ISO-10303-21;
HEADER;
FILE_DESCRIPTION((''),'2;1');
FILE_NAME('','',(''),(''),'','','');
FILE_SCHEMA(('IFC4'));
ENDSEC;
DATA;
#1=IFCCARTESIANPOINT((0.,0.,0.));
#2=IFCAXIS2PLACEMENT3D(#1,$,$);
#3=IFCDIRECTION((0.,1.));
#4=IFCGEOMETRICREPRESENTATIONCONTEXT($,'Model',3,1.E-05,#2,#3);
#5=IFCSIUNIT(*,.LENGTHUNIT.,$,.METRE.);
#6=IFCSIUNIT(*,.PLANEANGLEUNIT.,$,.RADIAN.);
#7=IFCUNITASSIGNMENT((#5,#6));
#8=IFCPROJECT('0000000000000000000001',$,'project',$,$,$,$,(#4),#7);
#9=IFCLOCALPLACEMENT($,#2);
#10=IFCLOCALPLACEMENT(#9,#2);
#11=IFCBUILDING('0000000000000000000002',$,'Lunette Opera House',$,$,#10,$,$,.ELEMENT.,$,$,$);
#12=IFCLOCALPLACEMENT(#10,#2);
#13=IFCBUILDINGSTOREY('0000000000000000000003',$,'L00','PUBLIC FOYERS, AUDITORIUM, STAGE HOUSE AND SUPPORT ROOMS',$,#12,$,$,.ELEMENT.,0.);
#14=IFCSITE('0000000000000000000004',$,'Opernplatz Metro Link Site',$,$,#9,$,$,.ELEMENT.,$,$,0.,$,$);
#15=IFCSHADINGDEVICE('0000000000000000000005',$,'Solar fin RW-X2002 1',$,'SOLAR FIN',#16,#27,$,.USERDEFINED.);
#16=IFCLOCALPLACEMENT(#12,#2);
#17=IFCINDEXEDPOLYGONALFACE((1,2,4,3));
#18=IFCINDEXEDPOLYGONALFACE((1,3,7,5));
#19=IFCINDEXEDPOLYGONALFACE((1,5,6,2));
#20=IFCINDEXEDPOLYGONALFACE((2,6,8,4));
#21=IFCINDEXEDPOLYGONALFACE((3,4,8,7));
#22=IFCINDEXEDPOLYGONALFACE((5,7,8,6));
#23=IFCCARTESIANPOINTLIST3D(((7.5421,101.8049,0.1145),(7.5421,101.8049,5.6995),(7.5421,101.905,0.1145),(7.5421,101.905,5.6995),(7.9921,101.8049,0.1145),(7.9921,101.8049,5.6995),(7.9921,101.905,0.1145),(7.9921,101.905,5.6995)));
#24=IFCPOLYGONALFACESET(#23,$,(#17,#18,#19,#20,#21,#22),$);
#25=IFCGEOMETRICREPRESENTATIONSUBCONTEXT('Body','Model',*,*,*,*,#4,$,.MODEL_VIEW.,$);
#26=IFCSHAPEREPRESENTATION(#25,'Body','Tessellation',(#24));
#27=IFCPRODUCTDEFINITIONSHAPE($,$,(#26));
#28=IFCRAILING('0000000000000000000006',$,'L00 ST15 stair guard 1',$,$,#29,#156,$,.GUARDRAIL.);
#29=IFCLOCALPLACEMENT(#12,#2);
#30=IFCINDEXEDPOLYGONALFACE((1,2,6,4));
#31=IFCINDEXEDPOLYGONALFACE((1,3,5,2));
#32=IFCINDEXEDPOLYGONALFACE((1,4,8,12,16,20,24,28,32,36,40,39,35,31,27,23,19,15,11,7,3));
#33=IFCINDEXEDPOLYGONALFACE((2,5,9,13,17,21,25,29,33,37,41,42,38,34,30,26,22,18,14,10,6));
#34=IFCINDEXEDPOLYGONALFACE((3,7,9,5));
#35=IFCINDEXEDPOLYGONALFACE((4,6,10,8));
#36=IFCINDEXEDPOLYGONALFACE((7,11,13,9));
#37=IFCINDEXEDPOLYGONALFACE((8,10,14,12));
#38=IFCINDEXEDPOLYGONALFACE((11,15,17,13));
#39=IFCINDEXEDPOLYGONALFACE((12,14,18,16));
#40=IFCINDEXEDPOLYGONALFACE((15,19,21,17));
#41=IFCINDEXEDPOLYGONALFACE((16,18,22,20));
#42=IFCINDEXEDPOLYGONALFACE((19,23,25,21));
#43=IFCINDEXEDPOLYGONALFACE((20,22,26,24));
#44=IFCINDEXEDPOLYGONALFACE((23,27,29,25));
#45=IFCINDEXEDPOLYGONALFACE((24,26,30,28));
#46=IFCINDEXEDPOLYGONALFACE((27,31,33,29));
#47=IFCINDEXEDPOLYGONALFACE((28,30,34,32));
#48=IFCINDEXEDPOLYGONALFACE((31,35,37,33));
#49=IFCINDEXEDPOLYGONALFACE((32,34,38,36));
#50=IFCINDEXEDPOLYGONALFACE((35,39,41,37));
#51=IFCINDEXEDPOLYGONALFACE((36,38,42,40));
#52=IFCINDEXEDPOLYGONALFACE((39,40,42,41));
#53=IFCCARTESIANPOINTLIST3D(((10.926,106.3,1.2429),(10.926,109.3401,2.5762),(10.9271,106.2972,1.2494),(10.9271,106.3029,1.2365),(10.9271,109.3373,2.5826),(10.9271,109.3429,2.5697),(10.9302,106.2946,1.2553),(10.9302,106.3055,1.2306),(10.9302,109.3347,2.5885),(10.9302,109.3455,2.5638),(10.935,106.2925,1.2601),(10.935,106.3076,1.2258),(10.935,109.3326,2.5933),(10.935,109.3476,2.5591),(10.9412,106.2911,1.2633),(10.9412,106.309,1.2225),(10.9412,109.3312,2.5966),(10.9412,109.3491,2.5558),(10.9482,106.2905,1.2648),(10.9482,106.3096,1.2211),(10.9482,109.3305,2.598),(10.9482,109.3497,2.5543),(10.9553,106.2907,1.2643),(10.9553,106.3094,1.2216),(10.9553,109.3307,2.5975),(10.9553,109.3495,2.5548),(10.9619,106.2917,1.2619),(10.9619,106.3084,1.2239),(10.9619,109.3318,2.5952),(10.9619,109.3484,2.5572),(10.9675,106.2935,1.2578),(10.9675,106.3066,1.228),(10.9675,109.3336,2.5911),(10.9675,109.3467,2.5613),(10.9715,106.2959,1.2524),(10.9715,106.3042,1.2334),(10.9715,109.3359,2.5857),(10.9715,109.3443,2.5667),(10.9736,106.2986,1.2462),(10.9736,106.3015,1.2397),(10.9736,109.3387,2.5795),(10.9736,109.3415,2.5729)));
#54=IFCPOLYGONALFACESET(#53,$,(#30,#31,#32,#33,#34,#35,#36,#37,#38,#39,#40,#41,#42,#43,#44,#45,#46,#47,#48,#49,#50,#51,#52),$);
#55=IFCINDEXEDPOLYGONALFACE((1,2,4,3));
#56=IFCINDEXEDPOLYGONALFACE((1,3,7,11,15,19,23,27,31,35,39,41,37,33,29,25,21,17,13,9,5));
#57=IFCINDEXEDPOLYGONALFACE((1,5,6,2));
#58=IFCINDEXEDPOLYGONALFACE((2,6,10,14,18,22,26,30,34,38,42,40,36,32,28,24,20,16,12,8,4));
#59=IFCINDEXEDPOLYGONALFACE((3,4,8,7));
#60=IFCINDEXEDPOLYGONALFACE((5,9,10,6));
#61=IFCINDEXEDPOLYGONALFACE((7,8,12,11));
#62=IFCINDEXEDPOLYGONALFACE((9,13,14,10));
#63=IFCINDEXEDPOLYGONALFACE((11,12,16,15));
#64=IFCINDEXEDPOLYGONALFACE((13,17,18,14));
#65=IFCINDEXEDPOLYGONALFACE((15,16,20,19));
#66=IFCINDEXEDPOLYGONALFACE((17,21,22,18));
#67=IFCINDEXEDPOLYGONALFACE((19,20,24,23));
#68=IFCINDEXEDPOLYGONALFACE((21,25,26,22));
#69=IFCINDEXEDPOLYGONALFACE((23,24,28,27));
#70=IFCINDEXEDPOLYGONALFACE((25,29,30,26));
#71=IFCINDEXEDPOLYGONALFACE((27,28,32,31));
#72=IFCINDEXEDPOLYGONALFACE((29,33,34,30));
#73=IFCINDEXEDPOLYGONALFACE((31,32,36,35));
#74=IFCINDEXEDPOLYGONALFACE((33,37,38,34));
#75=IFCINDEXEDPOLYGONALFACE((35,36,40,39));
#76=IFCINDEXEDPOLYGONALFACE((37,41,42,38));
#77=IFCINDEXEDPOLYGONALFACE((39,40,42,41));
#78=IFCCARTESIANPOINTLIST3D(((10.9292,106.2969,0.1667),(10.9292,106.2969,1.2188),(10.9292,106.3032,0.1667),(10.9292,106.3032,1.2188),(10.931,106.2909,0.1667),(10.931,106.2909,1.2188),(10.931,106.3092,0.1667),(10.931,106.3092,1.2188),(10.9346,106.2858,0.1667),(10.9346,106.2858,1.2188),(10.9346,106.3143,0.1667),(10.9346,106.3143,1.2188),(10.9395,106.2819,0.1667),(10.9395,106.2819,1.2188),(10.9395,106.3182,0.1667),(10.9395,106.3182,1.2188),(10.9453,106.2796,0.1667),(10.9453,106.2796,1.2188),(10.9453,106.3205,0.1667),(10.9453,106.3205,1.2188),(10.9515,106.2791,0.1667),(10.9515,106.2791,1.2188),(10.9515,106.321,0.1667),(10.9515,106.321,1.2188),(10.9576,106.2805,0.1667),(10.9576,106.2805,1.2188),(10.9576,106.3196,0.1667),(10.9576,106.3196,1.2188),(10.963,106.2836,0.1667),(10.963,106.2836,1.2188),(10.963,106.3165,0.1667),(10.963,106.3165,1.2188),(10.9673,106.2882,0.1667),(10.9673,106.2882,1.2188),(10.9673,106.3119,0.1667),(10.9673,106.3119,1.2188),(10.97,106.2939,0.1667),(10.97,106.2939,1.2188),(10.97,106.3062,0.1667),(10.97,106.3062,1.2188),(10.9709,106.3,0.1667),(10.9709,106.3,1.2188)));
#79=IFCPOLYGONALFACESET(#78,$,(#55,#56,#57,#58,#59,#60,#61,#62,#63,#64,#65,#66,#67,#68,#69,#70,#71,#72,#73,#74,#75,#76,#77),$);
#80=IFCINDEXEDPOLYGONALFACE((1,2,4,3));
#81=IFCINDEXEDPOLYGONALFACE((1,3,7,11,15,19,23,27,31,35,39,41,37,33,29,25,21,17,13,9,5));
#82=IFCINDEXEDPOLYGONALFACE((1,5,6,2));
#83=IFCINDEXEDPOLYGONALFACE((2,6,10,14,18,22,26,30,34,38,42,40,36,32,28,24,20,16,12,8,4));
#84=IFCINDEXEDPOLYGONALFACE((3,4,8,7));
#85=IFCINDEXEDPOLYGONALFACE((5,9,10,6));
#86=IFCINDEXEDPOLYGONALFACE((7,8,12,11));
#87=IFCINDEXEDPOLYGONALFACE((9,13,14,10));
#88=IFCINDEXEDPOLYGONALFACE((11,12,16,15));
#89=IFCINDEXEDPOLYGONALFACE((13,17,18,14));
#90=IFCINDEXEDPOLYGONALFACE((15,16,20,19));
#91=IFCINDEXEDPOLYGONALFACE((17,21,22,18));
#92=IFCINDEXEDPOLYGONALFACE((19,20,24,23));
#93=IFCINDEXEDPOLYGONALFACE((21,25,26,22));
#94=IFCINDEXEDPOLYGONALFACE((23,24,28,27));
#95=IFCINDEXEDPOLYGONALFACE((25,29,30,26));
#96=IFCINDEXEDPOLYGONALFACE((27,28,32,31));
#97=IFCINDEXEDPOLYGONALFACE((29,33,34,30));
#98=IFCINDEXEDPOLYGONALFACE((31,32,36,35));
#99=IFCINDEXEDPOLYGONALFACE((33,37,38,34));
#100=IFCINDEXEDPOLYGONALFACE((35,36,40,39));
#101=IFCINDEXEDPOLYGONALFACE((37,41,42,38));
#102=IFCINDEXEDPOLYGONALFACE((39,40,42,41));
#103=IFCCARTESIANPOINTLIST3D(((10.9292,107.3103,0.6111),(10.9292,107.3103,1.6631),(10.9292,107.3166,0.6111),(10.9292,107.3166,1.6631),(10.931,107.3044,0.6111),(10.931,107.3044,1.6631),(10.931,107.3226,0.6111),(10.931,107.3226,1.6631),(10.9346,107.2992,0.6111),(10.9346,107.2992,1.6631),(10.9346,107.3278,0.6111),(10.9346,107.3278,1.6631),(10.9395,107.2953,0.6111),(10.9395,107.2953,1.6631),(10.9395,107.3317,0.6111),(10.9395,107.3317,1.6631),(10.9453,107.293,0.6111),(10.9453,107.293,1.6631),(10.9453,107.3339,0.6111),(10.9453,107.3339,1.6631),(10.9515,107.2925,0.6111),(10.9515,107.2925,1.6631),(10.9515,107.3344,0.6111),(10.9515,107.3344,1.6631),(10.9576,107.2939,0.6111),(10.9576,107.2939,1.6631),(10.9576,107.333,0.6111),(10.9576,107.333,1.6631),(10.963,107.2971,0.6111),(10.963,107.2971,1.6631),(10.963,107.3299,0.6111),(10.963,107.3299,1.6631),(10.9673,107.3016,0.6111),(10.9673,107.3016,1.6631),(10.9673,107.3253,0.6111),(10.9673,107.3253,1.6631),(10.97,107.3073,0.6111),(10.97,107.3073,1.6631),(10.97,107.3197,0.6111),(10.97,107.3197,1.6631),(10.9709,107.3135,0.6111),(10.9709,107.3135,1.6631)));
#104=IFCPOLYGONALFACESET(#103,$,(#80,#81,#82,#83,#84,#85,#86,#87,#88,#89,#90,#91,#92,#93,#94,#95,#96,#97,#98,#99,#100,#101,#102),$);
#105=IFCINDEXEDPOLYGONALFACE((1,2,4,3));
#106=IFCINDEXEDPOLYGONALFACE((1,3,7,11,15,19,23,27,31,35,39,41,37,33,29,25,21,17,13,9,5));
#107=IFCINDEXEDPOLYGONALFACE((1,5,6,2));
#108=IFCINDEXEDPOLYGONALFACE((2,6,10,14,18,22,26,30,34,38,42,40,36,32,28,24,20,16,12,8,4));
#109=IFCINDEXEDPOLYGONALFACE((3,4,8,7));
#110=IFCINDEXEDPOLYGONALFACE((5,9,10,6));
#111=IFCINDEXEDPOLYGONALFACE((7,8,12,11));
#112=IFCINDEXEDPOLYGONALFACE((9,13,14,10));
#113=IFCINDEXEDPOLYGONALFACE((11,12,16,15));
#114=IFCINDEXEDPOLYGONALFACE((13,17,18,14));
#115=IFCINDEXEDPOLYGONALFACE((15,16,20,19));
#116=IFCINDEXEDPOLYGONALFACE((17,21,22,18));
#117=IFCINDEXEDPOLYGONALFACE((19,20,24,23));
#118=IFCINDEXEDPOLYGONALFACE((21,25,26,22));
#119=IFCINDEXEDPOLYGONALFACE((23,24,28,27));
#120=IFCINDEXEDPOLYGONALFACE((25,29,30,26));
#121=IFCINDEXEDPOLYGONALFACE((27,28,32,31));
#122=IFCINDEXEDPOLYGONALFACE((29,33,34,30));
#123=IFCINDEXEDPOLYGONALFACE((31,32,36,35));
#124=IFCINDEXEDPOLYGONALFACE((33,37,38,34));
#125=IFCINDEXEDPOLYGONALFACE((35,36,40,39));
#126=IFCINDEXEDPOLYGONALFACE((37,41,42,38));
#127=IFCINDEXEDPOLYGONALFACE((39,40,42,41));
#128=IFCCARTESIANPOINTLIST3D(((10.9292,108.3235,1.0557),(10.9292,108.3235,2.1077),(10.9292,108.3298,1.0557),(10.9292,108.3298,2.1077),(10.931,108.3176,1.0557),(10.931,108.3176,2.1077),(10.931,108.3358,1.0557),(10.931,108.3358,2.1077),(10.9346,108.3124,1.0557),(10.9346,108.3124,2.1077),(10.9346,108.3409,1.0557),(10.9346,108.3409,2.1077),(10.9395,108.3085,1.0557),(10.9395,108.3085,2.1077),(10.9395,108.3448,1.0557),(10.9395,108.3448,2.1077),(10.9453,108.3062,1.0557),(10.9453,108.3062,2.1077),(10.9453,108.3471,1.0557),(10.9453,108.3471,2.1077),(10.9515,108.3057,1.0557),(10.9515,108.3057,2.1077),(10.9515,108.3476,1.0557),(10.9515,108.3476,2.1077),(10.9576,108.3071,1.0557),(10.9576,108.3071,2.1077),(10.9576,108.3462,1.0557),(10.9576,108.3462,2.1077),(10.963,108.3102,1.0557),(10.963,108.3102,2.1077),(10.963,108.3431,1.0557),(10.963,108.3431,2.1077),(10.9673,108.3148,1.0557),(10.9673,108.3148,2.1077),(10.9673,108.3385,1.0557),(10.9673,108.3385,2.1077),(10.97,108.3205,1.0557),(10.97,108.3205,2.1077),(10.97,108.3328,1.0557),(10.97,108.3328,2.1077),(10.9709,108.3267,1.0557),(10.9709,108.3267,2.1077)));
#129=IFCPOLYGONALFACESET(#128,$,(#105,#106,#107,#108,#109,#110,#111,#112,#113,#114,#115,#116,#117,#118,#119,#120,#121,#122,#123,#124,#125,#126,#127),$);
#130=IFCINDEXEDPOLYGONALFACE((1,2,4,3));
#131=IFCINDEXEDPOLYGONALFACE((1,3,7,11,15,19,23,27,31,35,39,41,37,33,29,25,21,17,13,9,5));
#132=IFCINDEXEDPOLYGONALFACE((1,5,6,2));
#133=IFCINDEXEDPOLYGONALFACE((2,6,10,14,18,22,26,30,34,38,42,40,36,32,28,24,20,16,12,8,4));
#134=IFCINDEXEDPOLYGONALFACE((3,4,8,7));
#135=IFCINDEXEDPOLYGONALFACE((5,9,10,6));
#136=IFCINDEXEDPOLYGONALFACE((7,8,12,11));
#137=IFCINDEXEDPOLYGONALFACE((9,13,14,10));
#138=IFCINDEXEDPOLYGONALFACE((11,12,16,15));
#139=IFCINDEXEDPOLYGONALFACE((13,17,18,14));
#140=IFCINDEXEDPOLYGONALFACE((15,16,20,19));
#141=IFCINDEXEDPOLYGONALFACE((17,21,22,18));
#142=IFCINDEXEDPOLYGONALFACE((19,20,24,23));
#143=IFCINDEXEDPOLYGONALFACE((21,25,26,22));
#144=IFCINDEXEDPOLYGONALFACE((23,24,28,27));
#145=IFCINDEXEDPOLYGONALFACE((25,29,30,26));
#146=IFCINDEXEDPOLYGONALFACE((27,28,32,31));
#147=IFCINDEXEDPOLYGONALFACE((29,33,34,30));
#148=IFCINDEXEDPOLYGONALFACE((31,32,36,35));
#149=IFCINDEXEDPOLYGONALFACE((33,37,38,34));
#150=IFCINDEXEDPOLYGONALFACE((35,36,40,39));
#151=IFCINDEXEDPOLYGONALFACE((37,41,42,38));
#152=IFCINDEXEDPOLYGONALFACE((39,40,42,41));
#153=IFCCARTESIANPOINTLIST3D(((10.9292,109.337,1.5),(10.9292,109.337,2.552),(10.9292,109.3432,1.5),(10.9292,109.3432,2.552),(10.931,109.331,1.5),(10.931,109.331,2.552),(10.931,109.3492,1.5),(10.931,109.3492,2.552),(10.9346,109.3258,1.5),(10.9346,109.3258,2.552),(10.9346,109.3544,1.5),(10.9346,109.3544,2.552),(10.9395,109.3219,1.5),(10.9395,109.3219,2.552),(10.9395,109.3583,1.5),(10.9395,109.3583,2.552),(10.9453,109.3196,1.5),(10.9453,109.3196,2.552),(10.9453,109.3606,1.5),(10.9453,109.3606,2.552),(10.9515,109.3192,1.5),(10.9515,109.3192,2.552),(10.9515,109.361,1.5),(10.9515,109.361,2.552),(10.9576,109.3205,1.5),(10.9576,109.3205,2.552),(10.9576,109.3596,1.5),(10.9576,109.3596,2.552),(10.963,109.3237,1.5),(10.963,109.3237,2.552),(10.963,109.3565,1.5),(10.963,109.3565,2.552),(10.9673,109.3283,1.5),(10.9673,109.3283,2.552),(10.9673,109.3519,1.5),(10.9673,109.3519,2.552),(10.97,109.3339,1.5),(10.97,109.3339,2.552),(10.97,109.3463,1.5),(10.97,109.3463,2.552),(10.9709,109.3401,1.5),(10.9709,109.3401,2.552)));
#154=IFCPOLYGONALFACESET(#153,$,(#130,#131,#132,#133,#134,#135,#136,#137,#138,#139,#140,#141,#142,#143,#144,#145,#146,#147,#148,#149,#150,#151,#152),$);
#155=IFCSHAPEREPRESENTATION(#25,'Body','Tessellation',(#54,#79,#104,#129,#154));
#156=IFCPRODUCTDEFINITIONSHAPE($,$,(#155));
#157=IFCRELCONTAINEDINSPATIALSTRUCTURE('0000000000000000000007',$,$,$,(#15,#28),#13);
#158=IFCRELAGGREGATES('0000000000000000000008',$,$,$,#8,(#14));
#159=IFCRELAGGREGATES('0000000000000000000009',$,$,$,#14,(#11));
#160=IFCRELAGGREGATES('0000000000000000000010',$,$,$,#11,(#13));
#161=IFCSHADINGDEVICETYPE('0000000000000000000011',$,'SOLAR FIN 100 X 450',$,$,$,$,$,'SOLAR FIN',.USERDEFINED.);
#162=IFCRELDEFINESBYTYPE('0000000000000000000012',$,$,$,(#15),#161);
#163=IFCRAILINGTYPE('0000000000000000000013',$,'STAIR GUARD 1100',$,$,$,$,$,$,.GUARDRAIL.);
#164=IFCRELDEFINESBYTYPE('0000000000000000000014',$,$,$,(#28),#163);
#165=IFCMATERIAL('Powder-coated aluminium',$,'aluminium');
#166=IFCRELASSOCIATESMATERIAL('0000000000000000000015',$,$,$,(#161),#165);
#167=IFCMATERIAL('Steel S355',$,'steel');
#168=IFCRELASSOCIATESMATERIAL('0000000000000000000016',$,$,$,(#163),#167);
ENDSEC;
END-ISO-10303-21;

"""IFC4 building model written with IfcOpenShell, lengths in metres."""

from ifc_helpers import new_model, si_unit, direction, frame, origin, origin_2d, place, context, subcontext, project, spatial, rectangle, circle, extrude, material, type_object, element, save


model = new_model("IFC4")

# Units and contexts
model_context = context("Model", 3, precision=1e-05, world=origin(), true_north=direction((0.0, 1.0)))
body_context = subcontext(model_context, "Body", "Model", "MODEL_VIEW")
ifc_project = project(units=[si_unit("LENGTHUNIT", "METRE"), si_unit("PLANEANGLEUNIT", "RADIAN")], contexts=[model_context])

# Site, building, storey
site_placement = place(None, origin())
site = spatial("IfcSite", under=ifc_project, at=site_placement, Name="Opernplatz Metro Link Site", CompositionType="ELEMENT", RefElevation=0.0)
building_placement = place(site_placement, origin())
building = spatial("IfcBuilding", under=site, at=building_placement, Name="Lunette Opera House", CompositionType="ELEMENT")
storey_placement = place(building_placement, origin())
storey = spatial("IfcBuildingStorey", under=building, at=storey_placement, Name="L00", Description="PUBLIC FOYERS, AUDITORIUM, STAGE HOUSE AND SUPPORT ROOMS", CompositionType="ELEMENT", Elevation=0.0)

# Shading device
ifc_material_1 = material(Name="Powder-coated aluminium", Category="aluminium")
shading_device_type = type_object("IfcShadingDeviceType", Name="SOLAR FIN 100 X 450", ElementType="SOLAR FIN", PredefinedType="USERDEFINED", material=ifc_material_1)
for number, where, z_axis, x_axis, name in (
    (1, (7.7671, 101.855, 0.1145), (0.0, 0.0, 1.0), (-1.0, 0.0, 0.0), "Solar fin RW-X2002 1"),
):
    element("IfcShadingDevice", number, at=place(storey_placement, frame(where, z_axis=z_axis, x_axis=x_axis)), inside=storey, type_object=shading_device_type, Name=name, ObjectType="SOLAR FIN", PredefinedType="USERDEFINED", context=body_context, shape_type="SweptSolid", body=[
        extrude(rectangle(XDim=0.45, YDim=0.1001, at=origin_2d()), origin(), (0.0, 0.0, 1.0), 5.585),
    ])

# Railing
ifc_material_2 = material(Name="Steel S355", Category="steel")
railing_type = type_object("IfcRailingType", Name="STAIR GUARD 1100", PredefinedType="GUARDRAIL", material=ifc_material_2)
railing_1_placement = place(storey_placement, frame((10.95, 106.3, 0.1667)))
element("IfcRailing", 2, at=railing_1_placement, inside=storey, type_object=railing_type, Name="L00 ST15 stair guard 1", PredefinedType="GUARDRAIL", context=body_context, shape_type="SweptSolid", body=[
    extrude(circle(Radius=0.0239, at=origin_2d()), frame((0.0, 0.0, 1.0762), z_axis=(0.0, 0.915799, 0.401637), x_axis=(-1.0, 0.0, 0.0)), (0.0, 0.0, 1.0), 3.3196),
    extrude(circle(Radius=0.021, at=origin_2d()), origin(), (0.0, 0.0, 1.0), 1.052),
    extrude(circle(Radius=0.021, at=origin_2d()), frame((0.0, 1.0134, 0.4443)), (0.0, 0.0, 1.0), 1.052),
    extrude(circle(Radius=0.021, at=origin_2d()), frame((0.0, 2.0266, 0.8889)), (0.0, 0.0, 1.0), 1.052),
    extrude(circle(Radius=0.021, at=origin_2d()), frame((0.0, 3.04, 1.3333)), (0.0, 0.0, 1.0), 1.052),
])

save(model, "model.ifc")
